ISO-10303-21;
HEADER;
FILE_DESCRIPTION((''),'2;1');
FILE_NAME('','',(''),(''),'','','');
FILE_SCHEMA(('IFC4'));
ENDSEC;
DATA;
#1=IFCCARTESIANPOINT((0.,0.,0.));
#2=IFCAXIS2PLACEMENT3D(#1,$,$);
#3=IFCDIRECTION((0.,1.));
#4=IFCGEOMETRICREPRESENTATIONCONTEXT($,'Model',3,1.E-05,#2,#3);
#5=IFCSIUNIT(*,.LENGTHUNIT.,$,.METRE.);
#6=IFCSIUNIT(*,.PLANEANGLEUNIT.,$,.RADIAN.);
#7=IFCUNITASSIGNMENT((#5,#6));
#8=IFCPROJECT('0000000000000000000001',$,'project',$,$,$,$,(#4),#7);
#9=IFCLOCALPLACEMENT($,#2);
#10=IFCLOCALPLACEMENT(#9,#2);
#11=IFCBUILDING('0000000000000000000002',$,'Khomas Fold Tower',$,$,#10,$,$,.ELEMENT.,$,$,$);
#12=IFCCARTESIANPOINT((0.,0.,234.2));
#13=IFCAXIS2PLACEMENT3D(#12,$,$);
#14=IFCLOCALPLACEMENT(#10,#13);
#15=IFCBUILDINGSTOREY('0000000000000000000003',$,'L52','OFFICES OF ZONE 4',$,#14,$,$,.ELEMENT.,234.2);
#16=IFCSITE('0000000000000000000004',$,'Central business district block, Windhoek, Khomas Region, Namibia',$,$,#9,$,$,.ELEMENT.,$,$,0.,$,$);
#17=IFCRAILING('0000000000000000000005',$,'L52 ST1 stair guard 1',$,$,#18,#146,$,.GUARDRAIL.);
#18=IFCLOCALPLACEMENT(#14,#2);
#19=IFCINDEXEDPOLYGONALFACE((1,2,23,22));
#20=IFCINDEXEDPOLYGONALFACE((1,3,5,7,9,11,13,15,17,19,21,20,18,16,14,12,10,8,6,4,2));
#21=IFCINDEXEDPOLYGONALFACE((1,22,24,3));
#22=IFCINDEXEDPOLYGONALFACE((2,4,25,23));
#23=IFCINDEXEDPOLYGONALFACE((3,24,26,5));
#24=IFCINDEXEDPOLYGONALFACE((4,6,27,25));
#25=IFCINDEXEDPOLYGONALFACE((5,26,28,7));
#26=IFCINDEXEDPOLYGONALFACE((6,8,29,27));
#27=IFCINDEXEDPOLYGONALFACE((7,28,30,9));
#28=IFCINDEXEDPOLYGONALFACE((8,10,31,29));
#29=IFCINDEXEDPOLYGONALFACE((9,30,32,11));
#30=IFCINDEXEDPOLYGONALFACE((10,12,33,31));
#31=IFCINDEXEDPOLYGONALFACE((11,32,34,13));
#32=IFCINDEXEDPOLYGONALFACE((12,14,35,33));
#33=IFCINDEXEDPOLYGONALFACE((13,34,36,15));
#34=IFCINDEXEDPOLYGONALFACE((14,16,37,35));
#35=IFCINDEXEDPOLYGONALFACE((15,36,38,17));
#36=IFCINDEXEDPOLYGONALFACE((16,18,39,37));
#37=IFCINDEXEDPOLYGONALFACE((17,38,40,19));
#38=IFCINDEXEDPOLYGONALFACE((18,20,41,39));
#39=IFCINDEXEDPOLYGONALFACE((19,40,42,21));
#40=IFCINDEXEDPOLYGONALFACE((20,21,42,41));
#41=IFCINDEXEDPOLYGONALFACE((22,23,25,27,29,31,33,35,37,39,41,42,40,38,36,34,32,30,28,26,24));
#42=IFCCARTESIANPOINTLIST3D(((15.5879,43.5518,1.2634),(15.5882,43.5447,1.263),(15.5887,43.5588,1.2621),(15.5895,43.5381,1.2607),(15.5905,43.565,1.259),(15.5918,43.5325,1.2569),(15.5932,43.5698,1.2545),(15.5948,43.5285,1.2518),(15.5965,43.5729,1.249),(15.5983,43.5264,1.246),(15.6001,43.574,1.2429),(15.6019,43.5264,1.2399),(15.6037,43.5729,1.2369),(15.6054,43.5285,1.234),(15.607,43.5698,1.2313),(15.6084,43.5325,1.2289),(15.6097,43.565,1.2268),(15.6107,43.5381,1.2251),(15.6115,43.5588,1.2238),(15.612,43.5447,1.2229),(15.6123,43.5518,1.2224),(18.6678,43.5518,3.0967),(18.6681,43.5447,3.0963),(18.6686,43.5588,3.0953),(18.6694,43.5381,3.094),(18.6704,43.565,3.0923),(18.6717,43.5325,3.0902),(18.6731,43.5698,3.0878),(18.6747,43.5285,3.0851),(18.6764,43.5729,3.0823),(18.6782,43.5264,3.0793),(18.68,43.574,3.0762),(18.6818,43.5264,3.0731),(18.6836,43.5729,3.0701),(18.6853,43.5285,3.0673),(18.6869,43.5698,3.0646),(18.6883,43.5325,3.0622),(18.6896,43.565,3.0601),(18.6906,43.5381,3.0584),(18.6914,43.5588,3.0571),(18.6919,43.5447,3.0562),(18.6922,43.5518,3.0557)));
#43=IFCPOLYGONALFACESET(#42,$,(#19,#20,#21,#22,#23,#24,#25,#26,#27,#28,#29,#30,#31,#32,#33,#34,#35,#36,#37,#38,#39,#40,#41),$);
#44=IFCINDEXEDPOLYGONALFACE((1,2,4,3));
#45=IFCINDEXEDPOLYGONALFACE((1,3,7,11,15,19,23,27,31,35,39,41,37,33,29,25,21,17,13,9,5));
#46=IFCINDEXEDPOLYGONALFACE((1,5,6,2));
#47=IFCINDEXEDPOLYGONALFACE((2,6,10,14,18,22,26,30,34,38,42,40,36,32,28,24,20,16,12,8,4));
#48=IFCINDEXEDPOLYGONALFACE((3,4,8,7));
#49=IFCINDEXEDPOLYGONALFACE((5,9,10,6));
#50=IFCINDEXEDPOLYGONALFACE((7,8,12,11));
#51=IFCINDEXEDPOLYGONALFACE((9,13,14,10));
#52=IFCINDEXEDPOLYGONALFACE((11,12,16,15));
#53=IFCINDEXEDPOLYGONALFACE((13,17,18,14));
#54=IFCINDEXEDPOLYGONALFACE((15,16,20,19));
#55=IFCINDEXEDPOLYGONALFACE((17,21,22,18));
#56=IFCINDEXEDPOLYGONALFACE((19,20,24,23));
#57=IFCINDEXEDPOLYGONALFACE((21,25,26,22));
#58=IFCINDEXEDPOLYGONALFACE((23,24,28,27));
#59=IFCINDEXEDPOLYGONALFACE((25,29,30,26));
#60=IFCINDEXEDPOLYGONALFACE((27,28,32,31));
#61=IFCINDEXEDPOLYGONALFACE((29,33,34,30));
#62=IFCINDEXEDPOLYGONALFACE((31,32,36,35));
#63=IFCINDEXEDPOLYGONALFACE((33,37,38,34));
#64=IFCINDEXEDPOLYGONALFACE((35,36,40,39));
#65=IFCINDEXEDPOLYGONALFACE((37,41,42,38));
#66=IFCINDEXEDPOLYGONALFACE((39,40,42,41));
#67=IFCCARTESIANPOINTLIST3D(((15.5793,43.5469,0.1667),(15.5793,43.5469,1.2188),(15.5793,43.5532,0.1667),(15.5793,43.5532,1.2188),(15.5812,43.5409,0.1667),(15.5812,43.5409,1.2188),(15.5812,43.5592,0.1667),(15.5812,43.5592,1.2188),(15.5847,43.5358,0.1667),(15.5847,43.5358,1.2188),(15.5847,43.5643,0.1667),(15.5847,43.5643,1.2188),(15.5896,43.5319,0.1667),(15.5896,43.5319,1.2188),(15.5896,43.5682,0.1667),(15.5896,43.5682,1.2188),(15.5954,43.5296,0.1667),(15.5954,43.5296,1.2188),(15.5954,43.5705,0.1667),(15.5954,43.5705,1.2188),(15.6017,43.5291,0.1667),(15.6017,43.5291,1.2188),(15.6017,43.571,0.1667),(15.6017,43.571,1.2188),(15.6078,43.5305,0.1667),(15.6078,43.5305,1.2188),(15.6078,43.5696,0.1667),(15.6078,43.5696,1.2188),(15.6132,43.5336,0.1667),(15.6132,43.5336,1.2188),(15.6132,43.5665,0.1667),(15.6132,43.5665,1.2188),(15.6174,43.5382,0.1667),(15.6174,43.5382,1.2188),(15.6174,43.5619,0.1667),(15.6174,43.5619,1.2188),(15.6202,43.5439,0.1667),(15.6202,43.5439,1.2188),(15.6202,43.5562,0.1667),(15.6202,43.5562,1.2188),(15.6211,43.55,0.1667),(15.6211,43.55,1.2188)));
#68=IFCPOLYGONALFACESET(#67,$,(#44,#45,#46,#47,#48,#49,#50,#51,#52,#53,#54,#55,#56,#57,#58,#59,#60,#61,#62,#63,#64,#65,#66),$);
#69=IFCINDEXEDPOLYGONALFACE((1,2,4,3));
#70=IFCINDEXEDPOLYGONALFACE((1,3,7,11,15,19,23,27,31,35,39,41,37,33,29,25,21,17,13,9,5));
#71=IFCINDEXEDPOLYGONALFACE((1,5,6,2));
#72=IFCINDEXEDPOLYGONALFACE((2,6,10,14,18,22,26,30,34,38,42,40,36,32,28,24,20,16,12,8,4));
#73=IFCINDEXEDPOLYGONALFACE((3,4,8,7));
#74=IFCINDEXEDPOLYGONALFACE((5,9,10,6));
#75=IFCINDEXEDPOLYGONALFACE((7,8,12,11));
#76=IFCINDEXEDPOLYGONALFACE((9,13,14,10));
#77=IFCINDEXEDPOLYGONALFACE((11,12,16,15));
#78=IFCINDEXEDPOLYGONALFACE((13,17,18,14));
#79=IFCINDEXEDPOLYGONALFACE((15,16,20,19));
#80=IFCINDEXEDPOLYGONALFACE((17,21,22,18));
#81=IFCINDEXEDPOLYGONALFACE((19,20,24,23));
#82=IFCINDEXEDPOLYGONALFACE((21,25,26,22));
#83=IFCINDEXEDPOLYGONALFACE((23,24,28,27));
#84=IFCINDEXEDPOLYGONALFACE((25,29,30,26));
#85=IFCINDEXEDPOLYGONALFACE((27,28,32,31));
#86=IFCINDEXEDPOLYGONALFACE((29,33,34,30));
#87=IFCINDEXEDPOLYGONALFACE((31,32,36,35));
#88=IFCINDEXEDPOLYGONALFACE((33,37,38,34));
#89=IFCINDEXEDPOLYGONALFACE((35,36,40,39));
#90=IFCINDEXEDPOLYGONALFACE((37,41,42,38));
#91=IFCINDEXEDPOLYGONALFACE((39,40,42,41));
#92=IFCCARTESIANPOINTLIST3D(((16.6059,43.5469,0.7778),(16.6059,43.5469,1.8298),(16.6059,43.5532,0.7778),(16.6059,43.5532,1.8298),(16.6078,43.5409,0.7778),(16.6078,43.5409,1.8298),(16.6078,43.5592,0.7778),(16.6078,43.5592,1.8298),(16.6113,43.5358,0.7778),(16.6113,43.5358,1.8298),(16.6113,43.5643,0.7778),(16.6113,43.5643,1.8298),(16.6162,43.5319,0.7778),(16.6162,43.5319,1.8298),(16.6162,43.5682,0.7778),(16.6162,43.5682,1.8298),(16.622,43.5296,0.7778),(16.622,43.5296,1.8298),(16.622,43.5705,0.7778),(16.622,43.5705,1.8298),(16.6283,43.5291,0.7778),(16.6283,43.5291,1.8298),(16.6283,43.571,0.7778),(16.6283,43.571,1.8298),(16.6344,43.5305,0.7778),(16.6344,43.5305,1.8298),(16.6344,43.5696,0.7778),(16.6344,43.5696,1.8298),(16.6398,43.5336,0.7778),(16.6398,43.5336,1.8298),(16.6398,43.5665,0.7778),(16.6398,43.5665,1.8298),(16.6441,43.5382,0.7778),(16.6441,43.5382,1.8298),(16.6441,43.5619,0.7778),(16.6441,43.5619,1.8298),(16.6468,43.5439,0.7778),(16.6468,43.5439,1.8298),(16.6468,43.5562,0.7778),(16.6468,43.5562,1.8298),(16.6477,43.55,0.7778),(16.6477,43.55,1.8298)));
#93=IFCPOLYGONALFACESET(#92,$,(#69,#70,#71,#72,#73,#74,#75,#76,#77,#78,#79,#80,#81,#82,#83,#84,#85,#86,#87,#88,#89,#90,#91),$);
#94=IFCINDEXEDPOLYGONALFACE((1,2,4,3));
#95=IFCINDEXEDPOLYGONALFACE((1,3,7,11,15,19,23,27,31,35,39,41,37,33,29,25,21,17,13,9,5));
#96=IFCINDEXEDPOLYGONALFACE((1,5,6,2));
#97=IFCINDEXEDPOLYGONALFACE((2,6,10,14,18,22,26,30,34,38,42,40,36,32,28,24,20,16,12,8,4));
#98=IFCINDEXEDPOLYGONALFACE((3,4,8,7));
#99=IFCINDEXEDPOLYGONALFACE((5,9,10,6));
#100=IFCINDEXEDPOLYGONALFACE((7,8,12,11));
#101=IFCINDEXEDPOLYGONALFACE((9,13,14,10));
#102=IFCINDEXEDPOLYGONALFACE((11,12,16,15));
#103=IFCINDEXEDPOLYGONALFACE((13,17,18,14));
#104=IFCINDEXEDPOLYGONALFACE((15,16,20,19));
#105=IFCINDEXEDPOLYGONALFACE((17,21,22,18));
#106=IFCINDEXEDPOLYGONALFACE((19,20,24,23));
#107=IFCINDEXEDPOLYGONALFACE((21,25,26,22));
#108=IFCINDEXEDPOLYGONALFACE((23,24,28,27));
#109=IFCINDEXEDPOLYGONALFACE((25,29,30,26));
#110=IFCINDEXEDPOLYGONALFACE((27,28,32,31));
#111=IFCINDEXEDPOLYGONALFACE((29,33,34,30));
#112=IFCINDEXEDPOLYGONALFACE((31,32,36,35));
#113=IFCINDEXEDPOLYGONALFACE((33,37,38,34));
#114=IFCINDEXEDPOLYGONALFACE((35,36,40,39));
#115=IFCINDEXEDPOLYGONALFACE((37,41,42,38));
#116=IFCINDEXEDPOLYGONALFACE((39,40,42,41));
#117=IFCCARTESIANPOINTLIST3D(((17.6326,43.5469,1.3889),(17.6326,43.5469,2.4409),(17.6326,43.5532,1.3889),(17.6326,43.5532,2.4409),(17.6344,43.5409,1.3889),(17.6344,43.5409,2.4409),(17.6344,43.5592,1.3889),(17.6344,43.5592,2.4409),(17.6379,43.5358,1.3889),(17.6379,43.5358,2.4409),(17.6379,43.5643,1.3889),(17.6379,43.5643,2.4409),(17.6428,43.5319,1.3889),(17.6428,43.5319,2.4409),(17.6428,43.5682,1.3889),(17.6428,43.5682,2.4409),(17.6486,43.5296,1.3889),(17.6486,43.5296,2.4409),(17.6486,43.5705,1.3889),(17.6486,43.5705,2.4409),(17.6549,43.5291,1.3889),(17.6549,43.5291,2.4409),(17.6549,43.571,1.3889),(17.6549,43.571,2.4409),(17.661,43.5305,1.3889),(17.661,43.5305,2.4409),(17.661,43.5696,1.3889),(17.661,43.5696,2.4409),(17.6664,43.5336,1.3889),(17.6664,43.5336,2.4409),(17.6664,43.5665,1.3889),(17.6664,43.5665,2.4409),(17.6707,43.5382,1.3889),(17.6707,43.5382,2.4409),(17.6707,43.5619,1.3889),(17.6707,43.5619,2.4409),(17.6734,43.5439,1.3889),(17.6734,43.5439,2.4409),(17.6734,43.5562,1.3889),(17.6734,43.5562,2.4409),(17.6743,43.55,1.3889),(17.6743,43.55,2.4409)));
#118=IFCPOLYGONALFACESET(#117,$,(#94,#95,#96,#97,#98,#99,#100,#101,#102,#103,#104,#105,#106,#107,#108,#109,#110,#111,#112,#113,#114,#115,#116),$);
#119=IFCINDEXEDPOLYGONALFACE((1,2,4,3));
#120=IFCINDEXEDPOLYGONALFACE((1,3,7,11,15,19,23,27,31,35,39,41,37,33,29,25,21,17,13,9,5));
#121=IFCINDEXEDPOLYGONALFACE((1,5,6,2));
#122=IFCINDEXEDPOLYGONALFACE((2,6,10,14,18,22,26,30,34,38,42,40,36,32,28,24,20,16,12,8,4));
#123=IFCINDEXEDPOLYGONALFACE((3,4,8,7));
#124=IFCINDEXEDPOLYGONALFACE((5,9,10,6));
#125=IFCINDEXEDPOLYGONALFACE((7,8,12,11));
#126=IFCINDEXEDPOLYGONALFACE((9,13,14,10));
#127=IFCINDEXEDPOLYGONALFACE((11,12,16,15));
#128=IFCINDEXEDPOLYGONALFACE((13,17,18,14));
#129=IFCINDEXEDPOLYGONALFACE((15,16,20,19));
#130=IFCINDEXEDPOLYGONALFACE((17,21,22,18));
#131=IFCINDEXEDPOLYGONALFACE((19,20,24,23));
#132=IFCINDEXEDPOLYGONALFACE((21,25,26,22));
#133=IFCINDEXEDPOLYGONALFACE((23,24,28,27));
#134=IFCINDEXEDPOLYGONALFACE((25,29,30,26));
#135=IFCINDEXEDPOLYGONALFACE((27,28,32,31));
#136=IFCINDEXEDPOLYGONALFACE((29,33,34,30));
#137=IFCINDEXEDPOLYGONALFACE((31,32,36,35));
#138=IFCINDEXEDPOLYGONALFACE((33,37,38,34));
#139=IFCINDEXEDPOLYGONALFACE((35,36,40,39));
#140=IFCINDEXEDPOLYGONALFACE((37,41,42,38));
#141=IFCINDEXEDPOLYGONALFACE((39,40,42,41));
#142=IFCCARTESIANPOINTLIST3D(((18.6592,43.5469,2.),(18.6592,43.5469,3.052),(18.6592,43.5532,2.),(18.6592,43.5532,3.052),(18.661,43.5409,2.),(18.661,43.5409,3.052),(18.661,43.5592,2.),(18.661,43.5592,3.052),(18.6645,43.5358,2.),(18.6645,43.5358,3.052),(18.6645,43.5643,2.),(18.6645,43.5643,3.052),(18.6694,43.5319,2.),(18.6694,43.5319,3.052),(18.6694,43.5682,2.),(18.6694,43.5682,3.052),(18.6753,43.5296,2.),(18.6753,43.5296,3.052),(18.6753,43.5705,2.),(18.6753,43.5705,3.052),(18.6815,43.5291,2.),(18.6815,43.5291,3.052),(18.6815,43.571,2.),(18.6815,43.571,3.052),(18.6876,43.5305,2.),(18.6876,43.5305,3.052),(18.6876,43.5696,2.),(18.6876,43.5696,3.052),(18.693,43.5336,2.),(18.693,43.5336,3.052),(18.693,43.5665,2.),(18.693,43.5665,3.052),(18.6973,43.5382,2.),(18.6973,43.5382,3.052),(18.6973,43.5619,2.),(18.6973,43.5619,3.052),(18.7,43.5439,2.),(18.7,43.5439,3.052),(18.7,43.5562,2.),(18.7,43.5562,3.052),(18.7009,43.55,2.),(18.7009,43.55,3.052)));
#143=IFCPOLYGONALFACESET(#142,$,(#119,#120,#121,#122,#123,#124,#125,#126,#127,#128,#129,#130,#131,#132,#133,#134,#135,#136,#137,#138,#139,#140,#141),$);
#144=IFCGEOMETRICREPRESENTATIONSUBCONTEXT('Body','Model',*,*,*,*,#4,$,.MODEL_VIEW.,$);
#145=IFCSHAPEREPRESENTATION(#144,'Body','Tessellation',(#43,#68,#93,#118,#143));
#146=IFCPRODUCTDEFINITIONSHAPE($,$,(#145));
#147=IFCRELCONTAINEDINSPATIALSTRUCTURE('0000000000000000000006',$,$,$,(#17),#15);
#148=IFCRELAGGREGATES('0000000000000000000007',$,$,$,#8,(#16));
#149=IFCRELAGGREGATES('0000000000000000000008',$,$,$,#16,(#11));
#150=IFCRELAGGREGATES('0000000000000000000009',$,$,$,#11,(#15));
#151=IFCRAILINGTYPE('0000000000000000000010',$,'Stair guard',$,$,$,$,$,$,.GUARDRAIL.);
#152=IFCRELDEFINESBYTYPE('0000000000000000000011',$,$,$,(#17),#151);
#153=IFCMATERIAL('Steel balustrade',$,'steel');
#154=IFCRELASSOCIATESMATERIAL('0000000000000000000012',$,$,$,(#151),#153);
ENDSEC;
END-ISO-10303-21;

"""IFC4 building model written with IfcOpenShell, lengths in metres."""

from ifc_helpers import new_model, si_unit, direction, frame, origin, origin_2d, place, context, subcontext, project, spatial, circle, extrude, source, transform, mapped, material, type_object, element, save


model = new_model("IFC4")

# Units and contexts
model_context = context("Model", 3, precision=1e-05, world=origin(), true_north=direction((0.0, 1.0)))
body_context = subcontext(model_context, "Body", "Model", "MODEL_VIEW")
ifc_project = project(units=[si_unit("LENGTHUNIT", "METRE"), si_unit("PLANEANGLEUNIT", "RADIAN")], contexts=[model_context])

# Site, building, storey
site_placement = place(None, origin())
site = spatial("IfcSite", under=ifc_project, at=site_placement, Name="Central business district block, Windhoek, Khomas Region, Namibia", CompositionType="ELEMENT", RefElevation=0.0)
building_placement = place(site_placement, origin())
building = spatial("IfcBuilding", under=site, at=building_placement, Name="Khomas Fold Tower", CompositionType="ELEMENT")
storey_placement = place(building_placement, frame((0.0, 0.0, 234.2)))
storey = spatial("IfcBuildingStorey", under=building, at=storey_placement, Name="L52", Description="OFFICES OF ZONE 4", CompositionType="ELEMENT", Elevation=234.2)

# Railing
ifc_material_1 = material(Name="Steel balustrade", Category="steel")
railing_type_1 = type_object("IfcRailingType", Name="Stair guard", PredefinedType="GUARDRAIL", material=ifc_material_1)
shared_shape_1 = source(origin(), body_context, "Body", "SweptSolid", [
    extrude(circle(Radius=0.0239, at=origin_2d()), frame((0.0, 0.0, 1.0762), z_axis=(0.859291, 0.0, 0.511487), x_axis=(0.0, 1.0, 0.0)), (0.0, 0.0, 1.0), 3.5842),
    extrude(circle(Radius=0.021, at=origin_2d()), origin(), (0.0, 0.0, 1.0), 1.052),
    extrude(circle(Radius=0.021, at=origin_2d()), frame((1.0266, 0.0, 0.6111)), (0.0, 0.0, 1.0), 1.052),
    extrude(circle(Radius=0.021, at=origin_2d()), frame((2.0532, 0.0, 1.2222)), (0.0, 0.0, 1.0), 1.052),
    extrude(circle(Radius=0.021, at=origin_2d()), frame((3.0798, 0.0, 1.8333)), (0.0, 0.0, 1.0), 1.052),
])
railing_1_placement = place(storey_placement, frame((15.6001, 43.55, 0.1667)))
element("IfcRailing", 1, at=railing_1_placement, inside=storey, type_object=railing_type_1, Name="L52 ST1 stair guard 1", PredefinedType="GUARDRAIL", context=body_context, shape_type="MappedRepresentation", body=[
    mapped(shared_shape_1, transform((0.0, 0.0, 0.0))),
])

save(model, "model.ifc")
